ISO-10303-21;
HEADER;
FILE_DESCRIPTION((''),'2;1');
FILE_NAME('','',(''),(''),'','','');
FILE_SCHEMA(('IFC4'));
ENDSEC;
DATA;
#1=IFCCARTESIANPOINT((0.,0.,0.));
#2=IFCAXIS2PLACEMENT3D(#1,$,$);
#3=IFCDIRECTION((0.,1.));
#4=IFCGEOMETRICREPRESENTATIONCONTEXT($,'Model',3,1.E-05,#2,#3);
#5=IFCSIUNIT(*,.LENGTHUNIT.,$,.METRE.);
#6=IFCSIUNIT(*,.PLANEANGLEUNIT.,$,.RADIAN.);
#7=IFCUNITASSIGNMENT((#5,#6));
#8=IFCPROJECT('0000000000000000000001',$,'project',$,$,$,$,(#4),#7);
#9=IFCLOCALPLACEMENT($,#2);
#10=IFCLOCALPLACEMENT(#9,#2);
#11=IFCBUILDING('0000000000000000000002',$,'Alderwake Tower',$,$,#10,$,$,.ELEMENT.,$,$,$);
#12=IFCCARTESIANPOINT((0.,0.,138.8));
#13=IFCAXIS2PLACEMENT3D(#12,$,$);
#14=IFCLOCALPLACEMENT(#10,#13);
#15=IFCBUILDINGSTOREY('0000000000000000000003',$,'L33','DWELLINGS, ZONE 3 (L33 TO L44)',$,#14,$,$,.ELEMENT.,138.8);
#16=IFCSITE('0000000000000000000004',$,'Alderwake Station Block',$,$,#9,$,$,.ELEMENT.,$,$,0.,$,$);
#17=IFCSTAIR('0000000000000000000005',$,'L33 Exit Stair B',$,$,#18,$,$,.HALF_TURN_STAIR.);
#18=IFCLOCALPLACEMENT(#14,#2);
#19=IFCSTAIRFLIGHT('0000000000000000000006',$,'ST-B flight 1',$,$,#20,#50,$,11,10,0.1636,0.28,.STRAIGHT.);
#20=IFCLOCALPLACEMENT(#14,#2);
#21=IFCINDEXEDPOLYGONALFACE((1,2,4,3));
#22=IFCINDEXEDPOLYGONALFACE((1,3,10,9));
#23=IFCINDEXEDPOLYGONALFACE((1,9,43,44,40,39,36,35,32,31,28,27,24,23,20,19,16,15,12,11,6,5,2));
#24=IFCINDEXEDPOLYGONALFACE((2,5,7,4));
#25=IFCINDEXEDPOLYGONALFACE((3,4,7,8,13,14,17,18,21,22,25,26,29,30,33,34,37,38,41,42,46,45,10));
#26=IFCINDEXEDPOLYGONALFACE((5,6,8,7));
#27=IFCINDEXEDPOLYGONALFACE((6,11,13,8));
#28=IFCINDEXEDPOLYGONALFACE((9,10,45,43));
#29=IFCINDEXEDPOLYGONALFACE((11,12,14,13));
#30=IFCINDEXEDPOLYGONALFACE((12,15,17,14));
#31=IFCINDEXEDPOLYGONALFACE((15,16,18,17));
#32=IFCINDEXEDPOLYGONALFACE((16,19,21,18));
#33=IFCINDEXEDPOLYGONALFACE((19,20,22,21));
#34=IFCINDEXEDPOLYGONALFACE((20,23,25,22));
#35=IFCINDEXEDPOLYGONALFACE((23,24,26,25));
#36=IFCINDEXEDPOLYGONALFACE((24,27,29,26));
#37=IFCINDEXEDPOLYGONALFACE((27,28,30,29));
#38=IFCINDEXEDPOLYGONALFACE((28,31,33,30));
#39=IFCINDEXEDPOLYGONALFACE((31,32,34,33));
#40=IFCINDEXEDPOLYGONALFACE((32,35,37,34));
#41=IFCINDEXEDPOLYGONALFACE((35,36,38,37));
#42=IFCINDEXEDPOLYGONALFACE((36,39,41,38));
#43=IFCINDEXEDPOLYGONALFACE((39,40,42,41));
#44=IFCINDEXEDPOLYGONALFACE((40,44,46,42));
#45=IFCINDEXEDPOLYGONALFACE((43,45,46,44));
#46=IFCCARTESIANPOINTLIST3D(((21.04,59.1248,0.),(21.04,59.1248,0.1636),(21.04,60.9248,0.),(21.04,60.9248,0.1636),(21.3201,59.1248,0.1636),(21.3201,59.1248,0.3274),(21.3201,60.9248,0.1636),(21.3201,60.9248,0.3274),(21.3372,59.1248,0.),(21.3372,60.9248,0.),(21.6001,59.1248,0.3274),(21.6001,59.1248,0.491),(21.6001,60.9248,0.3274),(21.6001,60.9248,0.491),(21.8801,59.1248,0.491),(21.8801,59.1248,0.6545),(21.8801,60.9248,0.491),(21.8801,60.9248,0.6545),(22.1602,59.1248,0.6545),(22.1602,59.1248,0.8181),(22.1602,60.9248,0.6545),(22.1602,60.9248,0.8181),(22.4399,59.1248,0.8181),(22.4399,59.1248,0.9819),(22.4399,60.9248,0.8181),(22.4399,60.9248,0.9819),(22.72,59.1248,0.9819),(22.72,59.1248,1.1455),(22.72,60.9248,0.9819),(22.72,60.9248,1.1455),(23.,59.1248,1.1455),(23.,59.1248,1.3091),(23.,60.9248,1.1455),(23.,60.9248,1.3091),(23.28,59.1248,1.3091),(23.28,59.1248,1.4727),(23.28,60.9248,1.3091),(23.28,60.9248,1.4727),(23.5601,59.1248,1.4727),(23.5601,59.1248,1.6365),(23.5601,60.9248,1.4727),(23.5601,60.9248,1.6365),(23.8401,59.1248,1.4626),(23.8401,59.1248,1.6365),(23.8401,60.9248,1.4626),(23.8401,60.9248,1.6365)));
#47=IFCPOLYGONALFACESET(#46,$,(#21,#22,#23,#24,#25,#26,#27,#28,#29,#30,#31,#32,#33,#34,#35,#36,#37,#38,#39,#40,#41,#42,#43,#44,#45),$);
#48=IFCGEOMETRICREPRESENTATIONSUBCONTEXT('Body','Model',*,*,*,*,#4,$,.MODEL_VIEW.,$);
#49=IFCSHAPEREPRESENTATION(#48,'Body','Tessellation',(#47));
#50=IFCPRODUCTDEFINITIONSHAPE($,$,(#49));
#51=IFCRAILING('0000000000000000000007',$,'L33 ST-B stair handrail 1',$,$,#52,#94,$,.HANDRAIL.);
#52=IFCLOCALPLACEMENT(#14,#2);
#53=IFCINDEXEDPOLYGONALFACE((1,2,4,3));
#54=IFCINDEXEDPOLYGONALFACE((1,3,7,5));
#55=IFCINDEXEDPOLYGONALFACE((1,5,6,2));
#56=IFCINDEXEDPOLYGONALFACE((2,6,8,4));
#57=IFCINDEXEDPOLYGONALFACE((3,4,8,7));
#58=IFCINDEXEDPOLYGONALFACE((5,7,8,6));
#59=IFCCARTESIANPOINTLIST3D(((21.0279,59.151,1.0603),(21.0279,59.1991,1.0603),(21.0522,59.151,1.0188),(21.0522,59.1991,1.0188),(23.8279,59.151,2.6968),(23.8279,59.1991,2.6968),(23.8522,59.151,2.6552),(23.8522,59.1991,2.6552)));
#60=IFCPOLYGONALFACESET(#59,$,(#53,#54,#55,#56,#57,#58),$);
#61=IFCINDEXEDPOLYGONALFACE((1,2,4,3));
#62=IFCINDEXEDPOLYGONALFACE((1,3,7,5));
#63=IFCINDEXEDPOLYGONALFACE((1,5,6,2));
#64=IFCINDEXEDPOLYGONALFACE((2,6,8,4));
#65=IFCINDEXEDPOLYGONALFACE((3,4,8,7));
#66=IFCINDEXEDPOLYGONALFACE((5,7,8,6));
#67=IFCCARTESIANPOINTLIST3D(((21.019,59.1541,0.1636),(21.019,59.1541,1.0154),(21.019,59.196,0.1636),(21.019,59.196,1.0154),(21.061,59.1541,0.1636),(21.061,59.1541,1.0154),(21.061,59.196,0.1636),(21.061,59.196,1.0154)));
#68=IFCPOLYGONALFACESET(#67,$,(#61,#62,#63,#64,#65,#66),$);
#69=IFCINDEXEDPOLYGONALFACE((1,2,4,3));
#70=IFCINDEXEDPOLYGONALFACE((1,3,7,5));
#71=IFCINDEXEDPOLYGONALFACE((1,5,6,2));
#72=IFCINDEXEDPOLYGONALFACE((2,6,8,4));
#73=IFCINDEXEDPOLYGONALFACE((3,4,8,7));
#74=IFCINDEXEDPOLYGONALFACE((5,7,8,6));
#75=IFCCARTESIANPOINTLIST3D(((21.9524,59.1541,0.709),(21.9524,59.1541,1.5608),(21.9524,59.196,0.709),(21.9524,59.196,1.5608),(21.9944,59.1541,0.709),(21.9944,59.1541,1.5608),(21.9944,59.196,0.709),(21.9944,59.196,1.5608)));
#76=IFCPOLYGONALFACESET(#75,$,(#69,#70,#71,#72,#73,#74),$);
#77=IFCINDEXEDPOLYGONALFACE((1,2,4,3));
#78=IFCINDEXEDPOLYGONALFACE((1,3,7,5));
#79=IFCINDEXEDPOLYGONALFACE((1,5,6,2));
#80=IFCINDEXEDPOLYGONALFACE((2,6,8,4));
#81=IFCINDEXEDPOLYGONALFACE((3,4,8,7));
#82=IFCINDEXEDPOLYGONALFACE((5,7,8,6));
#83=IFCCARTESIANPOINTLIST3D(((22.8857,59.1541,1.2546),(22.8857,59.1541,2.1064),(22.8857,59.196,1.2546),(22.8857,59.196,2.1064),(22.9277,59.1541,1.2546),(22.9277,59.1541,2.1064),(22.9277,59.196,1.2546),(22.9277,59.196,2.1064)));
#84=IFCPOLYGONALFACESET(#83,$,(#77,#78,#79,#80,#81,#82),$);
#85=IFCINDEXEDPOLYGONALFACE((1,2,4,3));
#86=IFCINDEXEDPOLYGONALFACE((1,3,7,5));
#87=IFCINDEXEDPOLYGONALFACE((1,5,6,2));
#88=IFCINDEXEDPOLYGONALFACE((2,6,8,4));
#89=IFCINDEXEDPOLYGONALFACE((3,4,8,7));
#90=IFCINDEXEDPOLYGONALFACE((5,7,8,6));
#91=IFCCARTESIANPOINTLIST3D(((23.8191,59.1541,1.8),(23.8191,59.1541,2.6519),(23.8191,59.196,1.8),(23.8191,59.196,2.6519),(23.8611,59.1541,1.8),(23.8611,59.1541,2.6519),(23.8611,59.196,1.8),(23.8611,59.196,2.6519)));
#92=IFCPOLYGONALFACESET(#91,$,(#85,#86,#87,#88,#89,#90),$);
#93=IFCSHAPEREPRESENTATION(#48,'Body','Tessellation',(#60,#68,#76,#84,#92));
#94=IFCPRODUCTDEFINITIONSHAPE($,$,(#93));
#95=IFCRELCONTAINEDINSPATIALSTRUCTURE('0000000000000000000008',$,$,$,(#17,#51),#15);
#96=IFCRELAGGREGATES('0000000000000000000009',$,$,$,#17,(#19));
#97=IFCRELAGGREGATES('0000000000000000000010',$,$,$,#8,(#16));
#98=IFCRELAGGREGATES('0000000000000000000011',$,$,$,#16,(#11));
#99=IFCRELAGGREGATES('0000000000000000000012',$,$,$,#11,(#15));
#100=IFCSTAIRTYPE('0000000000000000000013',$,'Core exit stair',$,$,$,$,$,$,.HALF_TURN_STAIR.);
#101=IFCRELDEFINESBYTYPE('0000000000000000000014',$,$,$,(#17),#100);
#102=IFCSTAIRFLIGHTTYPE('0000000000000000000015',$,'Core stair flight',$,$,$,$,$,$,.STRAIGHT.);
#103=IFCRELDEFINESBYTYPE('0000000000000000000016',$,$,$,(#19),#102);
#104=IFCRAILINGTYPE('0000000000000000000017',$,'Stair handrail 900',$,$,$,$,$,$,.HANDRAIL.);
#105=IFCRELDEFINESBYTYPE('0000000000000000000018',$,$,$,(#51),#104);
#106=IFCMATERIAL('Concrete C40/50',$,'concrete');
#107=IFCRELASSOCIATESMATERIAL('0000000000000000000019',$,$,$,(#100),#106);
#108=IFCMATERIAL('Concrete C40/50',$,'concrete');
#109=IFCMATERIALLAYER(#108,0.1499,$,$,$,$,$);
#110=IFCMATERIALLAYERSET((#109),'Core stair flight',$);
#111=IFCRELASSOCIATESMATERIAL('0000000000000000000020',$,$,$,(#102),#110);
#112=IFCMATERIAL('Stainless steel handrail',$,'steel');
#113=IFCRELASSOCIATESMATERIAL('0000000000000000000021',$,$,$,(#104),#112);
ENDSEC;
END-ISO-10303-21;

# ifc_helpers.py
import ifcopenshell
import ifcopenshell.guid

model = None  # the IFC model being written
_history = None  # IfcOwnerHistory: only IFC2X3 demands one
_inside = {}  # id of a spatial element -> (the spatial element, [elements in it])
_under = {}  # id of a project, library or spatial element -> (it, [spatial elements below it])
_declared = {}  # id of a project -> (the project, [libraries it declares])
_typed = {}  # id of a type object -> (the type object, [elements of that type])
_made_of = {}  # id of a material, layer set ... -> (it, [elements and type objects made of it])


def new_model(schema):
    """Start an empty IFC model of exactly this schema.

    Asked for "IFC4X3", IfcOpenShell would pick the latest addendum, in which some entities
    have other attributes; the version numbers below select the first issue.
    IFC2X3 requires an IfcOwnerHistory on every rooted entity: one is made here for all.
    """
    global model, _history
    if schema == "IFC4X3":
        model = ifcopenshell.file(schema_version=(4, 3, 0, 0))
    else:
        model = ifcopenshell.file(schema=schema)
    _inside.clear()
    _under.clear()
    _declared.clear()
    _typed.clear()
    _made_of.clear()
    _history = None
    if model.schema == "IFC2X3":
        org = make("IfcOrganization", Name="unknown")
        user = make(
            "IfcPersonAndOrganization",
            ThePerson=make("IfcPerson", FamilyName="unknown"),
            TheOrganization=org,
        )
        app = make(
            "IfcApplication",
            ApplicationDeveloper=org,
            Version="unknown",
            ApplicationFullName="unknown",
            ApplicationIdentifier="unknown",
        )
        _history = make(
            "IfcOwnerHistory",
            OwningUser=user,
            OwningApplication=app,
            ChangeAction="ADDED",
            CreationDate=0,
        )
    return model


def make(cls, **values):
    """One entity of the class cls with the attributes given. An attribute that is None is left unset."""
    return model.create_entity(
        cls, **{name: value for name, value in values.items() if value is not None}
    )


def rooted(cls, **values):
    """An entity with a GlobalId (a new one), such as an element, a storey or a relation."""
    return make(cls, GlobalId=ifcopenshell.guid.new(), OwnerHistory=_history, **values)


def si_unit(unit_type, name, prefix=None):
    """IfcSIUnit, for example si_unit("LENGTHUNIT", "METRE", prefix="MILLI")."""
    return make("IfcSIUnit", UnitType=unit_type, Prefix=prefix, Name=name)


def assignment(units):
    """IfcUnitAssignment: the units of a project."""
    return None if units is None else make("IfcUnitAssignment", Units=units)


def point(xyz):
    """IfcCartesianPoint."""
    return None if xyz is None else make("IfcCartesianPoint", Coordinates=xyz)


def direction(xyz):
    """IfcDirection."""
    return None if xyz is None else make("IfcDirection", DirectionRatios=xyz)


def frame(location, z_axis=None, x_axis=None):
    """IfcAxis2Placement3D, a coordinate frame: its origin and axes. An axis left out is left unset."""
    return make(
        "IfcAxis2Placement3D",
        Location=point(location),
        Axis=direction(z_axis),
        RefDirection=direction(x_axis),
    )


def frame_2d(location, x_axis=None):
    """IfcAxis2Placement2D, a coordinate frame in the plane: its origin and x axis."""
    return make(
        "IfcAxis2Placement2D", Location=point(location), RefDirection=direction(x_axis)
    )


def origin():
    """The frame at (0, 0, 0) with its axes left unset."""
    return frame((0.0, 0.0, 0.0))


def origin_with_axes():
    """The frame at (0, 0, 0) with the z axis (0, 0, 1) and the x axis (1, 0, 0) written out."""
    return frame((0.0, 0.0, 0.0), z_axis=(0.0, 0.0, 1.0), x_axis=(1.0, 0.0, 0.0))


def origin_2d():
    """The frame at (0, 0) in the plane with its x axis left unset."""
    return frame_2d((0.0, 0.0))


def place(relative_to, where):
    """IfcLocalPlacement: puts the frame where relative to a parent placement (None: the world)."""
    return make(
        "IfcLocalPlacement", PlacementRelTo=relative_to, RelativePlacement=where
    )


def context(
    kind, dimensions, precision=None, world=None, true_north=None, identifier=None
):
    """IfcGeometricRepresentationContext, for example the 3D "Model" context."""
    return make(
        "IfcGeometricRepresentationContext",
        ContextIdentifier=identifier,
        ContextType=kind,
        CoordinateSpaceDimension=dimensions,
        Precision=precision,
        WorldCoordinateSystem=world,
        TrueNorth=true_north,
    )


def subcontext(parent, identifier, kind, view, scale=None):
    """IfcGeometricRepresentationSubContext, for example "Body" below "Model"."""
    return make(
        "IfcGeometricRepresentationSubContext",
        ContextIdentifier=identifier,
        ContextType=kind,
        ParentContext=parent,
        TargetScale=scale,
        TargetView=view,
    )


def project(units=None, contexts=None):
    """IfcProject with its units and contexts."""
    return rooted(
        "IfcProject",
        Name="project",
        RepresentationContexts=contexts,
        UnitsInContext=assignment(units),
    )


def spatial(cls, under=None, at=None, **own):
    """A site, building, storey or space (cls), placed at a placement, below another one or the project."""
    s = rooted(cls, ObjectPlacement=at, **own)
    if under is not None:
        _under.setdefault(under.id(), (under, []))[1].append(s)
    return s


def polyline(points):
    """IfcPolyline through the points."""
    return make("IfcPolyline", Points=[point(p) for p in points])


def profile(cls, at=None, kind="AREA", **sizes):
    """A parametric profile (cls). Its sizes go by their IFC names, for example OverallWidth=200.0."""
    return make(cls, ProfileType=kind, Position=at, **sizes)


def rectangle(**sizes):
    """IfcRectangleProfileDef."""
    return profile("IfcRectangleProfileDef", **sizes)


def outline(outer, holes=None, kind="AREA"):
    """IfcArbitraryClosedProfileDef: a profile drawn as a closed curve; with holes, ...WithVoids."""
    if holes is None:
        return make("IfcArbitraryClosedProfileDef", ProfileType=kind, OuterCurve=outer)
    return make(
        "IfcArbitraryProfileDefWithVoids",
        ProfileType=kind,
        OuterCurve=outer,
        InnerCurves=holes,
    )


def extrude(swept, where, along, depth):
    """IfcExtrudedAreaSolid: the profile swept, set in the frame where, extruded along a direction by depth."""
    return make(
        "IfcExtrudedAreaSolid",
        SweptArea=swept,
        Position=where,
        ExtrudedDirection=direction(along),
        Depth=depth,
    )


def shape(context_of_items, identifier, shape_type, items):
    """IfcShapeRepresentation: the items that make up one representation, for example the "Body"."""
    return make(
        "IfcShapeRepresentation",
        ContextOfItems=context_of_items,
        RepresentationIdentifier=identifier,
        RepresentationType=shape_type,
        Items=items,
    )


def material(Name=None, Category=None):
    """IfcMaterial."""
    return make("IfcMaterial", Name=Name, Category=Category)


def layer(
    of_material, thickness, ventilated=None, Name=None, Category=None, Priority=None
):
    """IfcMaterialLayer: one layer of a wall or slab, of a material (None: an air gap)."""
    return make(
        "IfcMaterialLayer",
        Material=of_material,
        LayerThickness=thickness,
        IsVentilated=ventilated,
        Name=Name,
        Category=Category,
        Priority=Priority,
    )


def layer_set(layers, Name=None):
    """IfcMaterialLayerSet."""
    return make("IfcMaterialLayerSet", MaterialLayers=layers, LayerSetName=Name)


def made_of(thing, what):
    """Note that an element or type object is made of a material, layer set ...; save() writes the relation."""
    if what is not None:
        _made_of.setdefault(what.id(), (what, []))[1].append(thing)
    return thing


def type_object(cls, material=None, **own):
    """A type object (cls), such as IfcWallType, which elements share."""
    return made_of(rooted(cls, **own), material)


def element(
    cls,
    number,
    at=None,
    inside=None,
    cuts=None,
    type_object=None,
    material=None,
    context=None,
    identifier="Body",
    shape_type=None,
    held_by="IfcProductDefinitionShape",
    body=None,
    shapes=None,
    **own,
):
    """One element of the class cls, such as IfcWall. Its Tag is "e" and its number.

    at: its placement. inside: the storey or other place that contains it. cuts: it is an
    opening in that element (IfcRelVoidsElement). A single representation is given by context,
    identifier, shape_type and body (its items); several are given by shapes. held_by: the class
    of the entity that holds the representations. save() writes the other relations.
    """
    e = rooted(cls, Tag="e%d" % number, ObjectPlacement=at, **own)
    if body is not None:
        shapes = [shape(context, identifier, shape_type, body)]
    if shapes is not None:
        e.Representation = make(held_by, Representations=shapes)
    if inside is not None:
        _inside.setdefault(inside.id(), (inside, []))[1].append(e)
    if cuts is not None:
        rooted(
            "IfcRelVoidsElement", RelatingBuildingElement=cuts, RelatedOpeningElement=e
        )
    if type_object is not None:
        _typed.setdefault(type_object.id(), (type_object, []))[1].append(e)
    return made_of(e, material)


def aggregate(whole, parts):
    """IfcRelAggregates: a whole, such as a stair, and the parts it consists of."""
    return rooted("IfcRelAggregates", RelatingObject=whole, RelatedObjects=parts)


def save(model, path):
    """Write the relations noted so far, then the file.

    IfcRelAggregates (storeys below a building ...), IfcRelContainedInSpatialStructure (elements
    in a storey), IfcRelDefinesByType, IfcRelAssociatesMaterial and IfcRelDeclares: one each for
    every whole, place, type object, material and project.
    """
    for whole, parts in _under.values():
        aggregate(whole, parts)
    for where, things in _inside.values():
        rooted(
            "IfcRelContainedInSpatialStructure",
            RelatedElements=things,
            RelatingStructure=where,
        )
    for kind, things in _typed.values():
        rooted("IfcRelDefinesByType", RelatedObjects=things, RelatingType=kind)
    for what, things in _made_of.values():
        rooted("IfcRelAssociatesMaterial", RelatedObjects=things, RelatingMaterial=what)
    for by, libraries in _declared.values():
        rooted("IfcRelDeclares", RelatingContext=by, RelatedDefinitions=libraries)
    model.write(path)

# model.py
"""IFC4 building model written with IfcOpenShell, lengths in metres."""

from ifc_helpers import new_model, si_unit, direction, frame, origin, origin_with_axes, origin_2d, place, context, subcontext, project, spatial, polyline, rectangle, outline, extrude, material, layer, layer_set, type_object, element, aggregate, save


model = new_model("IFC4")

# Units and contexts
model_context = context("Model", 3, precision=1e-05, world=origin(), true_north=direction((0.0, 1.0)))
body_context = subcontext(model_context, "Body", "Model", "MODEL_VIEW")
ifc_project = project(units=[si_unit("LENGTHUNIT", "METRE"), si_unit("PLANEANGLEUNIT", "RADIAN")], contexts=[model_context])

# Site, building, storey
site_placement = place(None, origin())
site = spatial("IfcSite", under=ifc_project, at=site_placement, Name="Alderwake Station Block", CompositionType="ELEMENT", RefElevation=0.0)
building_placement = place(site_placement, origin())
building = spatial("IfcBuilding", under=site, at=building_placement, Name="Alderwake Tower", CompositionType="ELEMENT")
storey_placement = place(building_placement, frame((0.0, 0.0, 138.8)))
storey = spatial("IfcBuildingStorey", under=building, at=storey_placement, Name="L33", Description="DWELLINGS, ZONE 3 (L33 TO L44)", CompositionType="ELEMENT", Elevation=138.8)

# Stair, stair flight
ifc_material_1 = material(Name="Concrete C40/50", Category="concrete")
stair_type = type_object("IfcStairType", Name="Core exit stair", PredefinedType="HALF_TURN_STAIR", material=ifc_material_1)
stair_placement = place(storey_placement, origin())
stair = element("IfcStair", 1, at=stair_placement, inside=storey, type_object=stair_type, Name="L33 Exit Stair B", PredefinedType="HALF_TURN_STAIR")
ifc_material_2 = material(Name="Concrete C40/50", Category="concrete")
ifc_layer_1 = layer(ifc_material_2, 0.1499)
ifc_layer_set_1 = layer_set([ifc_layer_1], Name="Core stair flight")
stair_flight_type = type_object("IfcStairFlightType", Name="Core stair flight", PredefinedType="STRAIGHT", material=ifc_layer_set_1)
stair_flight_placement = place(storey_placement, frame((21.04, 60.0249, 0.0), z_axis=(0.0, 0.0, 1.0), x_axis=(1.0, 0.0, 0.0)))
stair_flight = element("IfcStairFlight", 2, at=stair_flight_placement, type_object=stair_flight_type, Name="ST-B flight 1", NumberOfRisers=11, NumberOfTreads=10, PredefinedType="STRAIGHT", RiserHeight=0.1636, TreadLength=0.28, context=body_context, shape_type="SweptSolid", body=[
    extrude(outline(polyline([(0.0, 0.0), (0.0, 0.1636), (0.28, 0.1636), (0.28, 0.3274), (0.5601, 0.3274), (0.5601, 0.491), (0.8401, 0.491), (0.8401, 0.6545), (1.1201, 0.6545), (1.1201, 0.8181), (1.3999, 0.8181), (1.3999, 0.9819), (1.6799, 0.9819), (1.6799, 1.1455), (1.96, 1.1455), (1.96, 1.3091), (2.24, 1.3091), (2.24, 1.4727), (2.52, 1.4727), (2.52, 1.6365), (2.8, 1.6365), (2.8, 1.8), (2.8, 1.4626), (0.2971, 0.0), (0.0, 0.0)])), frame((0.0, 0.8999, 0.0), z_axis=(0.0, -1.0, 0.0), x_axis=(1.0, 0.0, 0.0)), (0.0, 0.0, 1.0), 1.8),
])
aggregate(stair, [stair_flight])

# Railing
ifc_material_3 = material(Name="Stainless steel handrail", Category="steel")
railing_type = type_object("IfcRailingType", Name="Stair handrail 900", PredefinedType="HANDRAIL", material=ifc_material_3)
railing_placement = place(storey_placement, frame((21.04, 59.175, 0.1636)))
element("IfcRailing", 3, at=railing_placement, inside=storey, type_object=railing_type, Name="L33 ST-B stair handrail 1", PredefinedType="HANDRAIL", context=body_context, shape_type="SweptSolid", body=[
    extrude(rectangle(XDim=0.0481, YDim=0.0481, at=origin_2d()), frame((0.0, 0.0, 0.876), z_axis=(0.863361, 0.0, 0.504587), x_axis=(0.0, 1.0, 0.0)), (0.0, 0.0, 1.0), 3.2432),
    extrude(rectangle(XDim=0.042, YDim=0.042, at=origin_2d()), origin_with_axes(), (0.0, 0.0, 1.0), 0.8518),
    extrude(rectangle(XDim=0.042, YDim=0.042, at=origin_2d()), frame((0.9333, 0.0, 0.5454), z_axis=(0.0, 0.0, 1.0), x_axis=(1.0, 0.0, 0.0)), (0.0, 0.0, 1.0), 0.8518),
    extrude(rectangle(XDim=0.042, YDim=0.042, at=origin_2d()), frame((1.8667, 0.0, 1.0911), z_axis=(0.0, 0.0, 1.0), x_axis=(1.0, 0.0, 0.0)), (0.0, 0.0, 1.0), 0.8518),
    extrude(rectangle(XDim=0.042, YDim=0.042, at=origin_2d()), frame((2.8, 0.0, 1.6365), z_axis=(0.0, 0.0, 1.0), x_axis=(1.0, 0.0, 0.0)), (0.0, 0.0, 1.0), 0.8518),
])

save(model, "model.ifc")
